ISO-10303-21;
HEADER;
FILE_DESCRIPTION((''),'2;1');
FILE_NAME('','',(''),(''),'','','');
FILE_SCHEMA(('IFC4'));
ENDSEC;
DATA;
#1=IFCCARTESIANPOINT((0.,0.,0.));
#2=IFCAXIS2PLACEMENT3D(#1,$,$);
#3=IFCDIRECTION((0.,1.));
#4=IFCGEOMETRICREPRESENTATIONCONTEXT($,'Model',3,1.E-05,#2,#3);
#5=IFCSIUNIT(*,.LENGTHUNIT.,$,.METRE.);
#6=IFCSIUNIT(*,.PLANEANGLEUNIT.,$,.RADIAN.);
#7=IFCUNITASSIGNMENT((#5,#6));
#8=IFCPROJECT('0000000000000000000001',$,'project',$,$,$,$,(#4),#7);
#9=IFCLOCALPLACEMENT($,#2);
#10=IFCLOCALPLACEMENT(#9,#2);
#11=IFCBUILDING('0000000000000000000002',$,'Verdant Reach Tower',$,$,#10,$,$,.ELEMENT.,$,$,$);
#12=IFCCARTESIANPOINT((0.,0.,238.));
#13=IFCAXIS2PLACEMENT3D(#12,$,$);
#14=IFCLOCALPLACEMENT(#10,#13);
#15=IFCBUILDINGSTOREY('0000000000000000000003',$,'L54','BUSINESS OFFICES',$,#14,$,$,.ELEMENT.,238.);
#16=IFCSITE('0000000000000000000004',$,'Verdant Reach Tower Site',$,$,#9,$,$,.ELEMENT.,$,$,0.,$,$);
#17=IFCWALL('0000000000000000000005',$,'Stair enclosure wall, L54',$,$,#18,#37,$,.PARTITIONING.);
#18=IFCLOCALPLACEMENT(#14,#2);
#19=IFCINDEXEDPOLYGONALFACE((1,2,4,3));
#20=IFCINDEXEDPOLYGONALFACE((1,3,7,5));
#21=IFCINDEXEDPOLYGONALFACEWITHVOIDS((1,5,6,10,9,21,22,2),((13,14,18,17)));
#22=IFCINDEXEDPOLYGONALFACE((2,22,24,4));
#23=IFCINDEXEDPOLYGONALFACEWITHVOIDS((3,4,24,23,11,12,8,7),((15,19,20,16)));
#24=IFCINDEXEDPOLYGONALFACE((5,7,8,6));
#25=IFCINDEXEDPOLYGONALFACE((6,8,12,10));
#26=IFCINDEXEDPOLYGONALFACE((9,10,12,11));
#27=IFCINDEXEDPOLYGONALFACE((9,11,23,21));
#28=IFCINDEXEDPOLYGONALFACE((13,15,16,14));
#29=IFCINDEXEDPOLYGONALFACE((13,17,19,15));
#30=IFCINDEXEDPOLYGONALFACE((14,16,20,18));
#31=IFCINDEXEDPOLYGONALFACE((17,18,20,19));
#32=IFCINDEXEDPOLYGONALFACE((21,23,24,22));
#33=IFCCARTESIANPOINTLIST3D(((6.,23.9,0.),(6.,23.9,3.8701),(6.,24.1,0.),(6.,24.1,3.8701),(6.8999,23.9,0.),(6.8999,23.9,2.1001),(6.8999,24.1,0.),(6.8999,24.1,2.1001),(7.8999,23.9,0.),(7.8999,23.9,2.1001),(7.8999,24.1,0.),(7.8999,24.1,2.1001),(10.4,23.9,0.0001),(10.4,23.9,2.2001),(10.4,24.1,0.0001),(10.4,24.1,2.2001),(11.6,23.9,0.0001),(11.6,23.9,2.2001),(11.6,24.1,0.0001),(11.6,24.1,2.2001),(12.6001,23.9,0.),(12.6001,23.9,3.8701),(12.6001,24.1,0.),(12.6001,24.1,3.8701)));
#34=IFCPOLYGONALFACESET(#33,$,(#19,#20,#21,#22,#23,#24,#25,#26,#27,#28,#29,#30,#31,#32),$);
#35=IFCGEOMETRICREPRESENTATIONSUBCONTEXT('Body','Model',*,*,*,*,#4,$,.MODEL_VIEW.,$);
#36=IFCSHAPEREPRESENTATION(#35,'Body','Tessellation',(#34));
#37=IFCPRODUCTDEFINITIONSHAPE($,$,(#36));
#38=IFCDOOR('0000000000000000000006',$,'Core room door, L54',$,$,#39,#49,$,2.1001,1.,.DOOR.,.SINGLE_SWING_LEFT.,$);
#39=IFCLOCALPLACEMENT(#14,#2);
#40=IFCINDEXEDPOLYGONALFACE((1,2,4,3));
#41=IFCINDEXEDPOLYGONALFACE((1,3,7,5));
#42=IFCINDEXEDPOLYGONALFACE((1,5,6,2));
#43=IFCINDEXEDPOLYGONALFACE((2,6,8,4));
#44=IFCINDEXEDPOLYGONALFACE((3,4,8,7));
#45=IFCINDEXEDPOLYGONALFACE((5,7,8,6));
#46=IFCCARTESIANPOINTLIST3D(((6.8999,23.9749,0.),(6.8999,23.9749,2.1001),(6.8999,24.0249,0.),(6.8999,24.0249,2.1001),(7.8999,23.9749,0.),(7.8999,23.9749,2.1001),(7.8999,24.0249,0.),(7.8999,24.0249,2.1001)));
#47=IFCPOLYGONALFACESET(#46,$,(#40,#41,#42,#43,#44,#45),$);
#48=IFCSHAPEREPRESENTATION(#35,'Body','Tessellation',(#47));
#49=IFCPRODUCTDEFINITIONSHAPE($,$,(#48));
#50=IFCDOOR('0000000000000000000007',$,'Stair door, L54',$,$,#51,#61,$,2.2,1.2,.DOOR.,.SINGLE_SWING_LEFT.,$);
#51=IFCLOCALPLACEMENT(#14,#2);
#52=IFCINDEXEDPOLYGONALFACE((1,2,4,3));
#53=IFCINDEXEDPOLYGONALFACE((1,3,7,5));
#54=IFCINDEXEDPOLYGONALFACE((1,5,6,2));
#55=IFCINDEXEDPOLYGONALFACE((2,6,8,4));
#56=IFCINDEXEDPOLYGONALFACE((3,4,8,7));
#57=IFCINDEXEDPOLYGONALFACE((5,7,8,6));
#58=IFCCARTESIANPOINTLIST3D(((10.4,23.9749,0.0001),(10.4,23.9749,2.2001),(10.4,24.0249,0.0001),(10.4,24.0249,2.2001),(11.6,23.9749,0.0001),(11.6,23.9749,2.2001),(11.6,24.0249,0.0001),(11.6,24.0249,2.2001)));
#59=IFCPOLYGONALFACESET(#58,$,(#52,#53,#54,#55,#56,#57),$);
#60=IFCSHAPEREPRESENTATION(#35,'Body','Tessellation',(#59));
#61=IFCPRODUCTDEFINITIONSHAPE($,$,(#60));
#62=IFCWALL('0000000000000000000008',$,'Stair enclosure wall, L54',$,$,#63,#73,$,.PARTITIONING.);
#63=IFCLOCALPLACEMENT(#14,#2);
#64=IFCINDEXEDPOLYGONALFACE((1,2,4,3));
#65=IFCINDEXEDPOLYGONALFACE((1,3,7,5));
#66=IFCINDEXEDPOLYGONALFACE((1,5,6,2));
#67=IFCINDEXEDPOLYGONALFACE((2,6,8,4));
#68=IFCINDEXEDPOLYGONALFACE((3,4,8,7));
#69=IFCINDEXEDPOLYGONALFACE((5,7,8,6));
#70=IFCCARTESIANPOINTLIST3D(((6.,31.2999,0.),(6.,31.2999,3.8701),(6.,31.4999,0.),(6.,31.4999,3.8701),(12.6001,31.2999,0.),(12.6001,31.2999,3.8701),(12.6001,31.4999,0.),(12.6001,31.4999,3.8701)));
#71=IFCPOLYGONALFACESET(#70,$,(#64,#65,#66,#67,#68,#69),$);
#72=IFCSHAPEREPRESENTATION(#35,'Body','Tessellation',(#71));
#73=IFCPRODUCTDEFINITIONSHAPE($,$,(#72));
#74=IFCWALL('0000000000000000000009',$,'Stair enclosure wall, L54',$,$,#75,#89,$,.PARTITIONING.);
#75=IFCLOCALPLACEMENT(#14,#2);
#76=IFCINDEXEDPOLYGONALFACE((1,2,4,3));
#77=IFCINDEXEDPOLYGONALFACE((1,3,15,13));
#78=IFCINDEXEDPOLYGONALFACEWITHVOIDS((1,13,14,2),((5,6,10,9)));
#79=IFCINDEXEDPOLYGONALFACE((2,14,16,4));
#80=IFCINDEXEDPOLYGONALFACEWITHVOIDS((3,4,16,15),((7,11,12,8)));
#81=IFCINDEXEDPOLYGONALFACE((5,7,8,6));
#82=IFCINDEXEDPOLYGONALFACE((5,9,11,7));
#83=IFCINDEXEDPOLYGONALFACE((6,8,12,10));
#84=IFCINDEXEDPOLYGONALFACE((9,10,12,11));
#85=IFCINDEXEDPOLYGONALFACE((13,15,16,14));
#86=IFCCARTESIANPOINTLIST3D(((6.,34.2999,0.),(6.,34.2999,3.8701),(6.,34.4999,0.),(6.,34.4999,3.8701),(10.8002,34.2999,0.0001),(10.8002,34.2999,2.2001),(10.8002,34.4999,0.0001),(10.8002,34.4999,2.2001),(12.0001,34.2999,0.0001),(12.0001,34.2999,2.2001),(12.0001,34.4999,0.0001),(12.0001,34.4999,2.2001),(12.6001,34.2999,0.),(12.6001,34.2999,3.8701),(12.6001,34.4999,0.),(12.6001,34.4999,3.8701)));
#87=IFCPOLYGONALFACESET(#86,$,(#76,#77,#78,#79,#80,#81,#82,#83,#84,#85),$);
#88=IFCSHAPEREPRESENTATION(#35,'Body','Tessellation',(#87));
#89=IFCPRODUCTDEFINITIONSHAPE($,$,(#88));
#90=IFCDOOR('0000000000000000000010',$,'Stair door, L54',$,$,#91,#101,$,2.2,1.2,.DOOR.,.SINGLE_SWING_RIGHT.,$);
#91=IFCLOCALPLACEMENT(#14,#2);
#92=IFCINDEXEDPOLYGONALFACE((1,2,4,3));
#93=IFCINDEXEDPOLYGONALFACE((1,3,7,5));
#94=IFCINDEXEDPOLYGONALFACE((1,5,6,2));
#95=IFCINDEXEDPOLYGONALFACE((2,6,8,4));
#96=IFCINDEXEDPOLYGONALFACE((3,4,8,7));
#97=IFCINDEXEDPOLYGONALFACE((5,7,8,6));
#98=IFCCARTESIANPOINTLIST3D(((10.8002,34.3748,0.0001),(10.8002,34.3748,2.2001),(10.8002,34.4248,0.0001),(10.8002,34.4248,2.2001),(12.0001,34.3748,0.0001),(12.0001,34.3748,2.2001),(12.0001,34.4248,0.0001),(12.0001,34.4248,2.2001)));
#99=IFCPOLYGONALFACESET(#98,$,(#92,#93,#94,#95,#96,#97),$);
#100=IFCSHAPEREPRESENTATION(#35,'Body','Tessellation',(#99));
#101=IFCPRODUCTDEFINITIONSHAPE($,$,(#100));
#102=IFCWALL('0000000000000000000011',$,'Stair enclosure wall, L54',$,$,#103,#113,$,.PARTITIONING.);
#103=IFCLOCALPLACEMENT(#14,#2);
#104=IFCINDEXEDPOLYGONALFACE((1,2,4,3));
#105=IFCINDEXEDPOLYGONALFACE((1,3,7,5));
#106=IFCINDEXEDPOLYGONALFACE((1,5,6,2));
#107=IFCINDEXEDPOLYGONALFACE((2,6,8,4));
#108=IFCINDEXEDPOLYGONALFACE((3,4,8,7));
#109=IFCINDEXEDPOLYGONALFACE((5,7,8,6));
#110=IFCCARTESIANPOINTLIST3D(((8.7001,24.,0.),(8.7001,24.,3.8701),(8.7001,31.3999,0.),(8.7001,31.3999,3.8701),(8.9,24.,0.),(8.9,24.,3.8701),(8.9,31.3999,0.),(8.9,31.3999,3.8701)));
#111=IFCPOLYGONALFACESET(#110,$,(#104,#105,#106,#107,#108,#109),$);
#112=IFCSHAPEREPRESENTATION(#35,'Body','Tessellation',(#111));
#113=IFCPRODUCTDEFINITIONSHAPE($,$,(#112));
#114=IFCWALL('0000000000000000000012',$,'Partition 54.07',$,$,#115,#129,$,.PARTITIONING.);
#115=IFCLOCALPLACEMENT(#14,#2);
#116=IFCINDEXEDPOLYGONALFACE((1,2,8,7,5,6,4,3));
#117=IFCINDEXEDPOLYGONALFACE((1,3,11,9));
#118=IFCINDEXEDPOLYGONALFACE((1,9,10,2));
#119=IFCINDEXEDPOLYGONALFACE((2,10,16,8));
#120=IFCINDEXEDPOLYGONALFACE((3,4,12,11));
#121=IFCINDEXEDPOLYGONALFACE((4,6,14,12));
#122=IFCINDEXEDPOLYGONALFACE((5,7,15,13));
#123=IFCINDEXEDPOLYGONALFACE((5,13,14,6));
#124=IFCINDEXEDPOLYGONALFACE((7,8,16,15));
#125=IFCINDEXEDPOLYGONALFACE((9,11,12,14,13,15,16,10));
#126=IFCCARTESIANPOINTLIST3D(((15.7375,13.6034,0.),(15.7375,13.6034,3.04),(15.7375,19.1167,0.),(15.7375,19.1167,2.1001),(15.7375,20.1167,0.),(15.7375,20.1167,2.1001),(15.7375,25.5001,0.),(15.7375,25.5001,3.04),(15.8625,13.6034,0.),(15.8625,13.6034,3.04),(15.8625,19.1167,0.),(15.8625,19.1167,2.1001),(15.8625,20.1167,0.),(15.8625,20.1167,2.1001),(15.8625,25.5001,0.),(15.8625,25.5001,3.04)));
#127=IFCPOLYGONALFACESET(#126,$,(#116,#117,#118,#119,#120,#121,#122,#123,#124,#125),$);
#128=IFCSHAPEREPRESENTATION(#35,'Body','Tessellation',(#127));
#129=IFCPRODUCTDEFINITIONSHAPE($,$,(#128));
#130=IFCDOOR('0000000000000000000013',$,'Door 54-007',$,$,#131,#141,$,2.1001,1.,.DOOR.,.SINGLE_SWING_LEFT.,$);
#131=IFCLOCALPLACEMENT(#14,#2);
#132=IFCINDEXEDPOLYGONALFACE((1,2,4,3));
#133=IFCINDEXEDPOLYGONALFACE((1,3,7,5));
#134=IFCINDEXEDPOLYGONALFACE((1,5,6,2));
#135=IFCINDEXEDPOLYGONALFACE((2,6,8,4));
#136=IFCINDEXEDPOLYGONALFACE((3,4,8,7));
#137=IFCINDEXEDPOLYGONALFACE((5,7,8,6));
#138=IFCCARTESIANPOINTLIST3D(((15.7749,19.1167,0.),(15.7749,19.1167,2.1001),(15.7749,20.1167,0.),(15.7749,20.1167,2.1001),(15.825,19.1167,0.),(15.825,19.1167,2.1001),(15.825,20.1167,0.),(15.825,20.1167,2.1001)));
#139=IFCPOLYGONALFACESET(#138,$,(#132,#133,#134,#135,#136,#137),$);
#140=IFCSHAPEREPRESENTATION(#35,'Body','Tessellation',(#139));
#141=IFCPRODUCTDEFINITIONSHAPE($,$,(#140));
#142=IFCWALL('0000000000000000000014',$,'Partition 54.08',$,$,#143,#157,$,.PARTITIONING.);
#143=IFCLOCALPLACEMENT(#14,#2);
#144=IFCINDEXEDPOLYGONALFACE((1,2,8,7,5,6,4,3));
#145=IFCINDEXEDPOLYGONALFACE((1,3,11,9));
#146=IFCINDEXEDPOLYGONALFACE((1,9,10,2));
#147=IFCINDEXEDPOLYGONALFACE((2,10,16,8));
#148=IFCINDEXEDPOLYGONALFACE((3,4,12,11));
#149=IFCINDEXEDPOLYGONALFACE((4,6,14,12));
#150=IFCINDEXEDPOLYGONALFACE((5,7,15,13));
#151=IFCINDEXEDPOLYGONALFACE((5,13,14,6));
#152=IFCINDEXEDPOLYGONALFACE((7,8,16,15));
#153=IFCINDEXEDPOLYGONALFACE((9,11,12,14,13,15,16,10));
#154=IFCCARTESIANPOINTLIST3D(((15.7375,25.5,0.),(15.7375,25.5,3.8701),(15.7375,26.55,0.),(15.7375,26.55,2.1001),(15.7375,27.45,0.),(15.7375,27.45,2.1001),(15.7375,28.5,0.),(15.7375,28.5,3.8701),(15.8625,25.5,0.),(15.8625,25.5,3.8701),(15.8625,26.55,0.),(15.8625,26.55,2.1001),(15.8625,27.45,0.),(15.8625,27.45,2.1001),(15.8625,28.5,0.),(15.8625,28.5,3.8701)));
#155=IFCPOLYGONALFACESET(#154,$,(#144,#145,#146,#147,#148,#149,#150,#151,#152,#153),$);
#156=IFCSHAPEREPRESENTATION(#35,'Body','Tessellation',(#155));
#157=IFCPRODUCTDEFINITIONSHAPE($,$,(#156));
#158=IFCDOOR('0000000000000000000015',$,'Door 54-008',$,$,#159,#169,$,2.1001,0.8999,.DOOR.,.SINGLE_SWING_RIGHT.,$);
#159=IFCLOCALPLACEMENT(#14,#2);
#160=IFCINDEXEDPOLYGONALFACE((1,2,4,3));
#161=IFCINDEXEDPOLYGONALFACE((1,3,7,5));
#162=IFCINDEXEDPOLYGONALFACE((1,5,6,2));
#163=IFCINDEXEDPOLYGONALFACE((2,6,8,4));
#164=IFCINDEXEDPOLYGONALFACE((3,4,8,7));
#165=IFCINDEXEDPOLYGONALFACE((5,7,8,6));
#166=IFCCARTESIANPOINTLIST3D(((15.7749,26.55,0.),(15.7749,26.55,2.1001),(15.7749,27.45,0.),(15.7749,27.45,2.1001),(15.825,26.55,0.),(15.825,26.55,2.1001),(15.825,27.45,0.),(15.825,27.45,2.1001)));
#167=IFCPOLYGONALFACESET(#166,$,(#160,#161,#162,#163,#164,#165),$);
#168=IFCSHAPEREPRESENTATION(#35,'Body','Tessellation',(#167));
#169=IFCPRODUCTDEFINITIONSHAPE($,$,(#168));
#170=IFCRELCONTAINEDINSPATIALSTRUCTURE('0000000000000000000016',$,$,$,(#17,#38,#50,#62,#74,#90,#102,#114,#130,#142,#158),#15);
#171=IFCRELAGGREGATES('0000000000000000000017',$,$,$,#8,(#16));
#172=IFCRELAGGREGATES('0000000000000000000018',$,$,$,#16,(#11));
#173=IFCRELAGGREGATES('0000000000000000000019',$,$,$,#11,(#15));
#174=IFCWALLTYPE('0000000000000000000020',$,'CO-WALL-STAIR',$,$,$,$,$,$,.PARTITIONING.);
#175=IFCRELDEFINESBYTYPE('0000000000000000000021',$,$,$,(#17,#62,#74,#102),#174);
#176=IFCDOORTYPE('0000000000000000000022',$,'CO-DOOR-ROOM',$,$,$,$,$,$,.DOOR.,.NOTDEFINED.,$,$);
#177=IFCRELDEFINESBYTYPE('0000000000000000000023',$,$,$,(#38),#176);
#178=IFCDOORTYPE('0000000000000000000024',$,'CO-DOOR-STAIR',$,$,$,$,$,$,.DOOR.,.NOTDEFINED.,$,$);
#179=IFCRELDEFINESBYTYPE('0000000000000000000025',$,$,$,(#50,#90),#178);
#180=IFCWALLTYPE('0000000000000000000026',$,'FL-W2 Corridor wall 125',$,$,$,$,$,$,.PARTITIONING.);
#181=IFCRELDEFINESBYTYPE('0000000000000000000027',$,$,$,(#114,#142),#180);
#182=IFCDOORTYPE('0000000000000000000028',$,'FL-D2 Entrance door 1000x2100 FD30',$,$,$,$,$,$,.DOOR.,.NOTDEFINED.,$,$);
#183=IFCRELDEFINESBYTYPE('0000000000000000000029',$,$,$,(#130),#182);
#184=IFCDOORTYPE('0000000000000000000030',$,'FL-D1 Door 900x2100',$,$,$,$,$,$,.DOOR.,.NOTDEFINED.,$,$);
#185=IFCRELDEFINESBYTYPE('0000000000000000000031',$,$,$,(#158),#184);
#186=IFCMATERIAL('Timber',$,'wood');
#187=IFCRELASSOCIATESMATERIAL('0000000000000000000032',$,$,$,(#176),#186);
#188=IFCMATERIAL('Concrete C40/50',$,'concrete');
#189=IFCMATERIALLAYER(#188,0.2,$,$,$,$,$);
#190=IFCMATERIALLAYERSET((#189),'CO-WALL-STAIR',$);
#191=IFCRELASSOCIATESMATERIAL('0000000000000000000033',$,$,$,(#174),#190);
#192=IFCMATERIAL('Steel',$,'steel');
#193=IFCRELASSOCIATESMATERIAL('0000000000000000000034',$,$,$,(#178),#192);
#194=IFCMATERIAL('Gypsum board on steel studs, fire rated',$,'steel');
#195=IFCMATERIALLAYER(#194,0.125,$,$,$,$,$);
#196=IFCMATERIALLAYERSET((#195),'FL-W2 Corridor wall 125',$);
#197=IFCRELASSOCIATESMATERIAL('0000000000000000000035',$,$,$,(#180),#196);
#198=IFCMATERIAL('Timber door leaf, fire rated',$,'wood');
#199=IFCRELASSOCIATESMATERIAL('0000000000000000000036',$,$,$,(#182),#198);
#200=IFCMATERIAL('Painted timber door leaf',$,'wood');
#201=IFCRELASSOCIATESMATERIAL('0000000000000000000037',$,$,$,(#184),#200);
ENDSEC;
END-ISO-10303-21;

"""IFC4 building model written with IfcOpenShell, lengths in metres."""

from ifc_helpers import new_model, si_unit, direction, frame, frame_2d, origin, place, context, subcontext, project, spatial, rectangle, extrude, material, layer, layer_set, type_object, element, fill, save


model = new_model("IFC4")

# Units and contexts
model_context = context("Model", 3, precision=1e-05, world=origin(), true_north=direction((0.0, 1.0)))
body_context = subcontext(model_context, "Body", "Model", "MODEL_VIEW")
ifc_project = project(units=[si_unit("LENGTHUNIT", "METRE"), si_unit("PLANEANGLEUNIT", "RADIAN")], contexts=[model_context])

# Site, building, storey
site_placement = place(None, origin())
site = spatial("IfcSite", under=ifc_project, at=site_placement, Name="Verdant Reach Tower Site", CompositionType="ELEMENT", RefElevation=0.0)
building_placement = place(site_placement, origin())
building = spatial("IfcBuilding", under=site, at=building_placement, Name="Verdant Reach Tower", CompositionType="ELEMENT")
storey_placement = place(building_placement, frame((0.0, 0.0, 238.0)))
storey = spatial("IfcBuildingStorey", under=building, at=storey_placement, Name="L54", Description="BUSINESS OFFICES", CompositionType="ELEMENT", Elevation=238.0)

# Shared definitions
ifc_material_1 = material(Name="Timber", Category="wood")
door_type_1 = type_object("IfcDoorType", Name="CO-DOOR-ROOM", OperationType="NOTDEFINED", PredefinedType="DOOR", material=ifc_material_1)

# Shared definitions
ifc_material_2 = material(Name="Concrete C40/50", Category="concrete")

# Wall, openings, doors
ifc_layer_1 = layer(ifc_material_2, 0.2)
ifc_layer_set_1 = layer_set([ifc_layer_1], Name="CO-WALL-STAIR")
wall_type_1 = type_object("IfcWallType", Name="CO-WALL-STAIR", PredefinedType="PARTITIONING", material=ifc_layer_set_1)
wall_1_placement = place(storey_placement, frame((6.0, 24.0, 0.0), z_axis=(0.0, 0.0, 1.0), x_axis=(1.0, 0.0, 0.0)))
wall_1 = element("IfcWall", 1, at=wall_1_placement, inside=storey, type_object=wall_type_1, Name="Stair enclosure wall, L54", PredefinedType="PARTITIONING", context=body_context, shape_type="SweptSolid", body=[
    extrude(rectangle(XDim=6.6001, YDim=0.2, at=frame_2d((3.3, 0.0))), origin(), (0.0, 0.0, 1.0), 3.8701),
])
opening_1_placement = place(wall_1_placement, frame((0.8999, 0.0, 0.0)))
opening_1 = element("IfcOpeningElement", 2, at=opening_1_placement, cuts=wall_1, PredefinedType="OPENING", context=body_context, shape_type="SweptSolid", body=[
    extrude(rectangle(XDim=1.0, YDim=2.1001, at=frame_2d((0.5, 1.05))), frame((0.0, 0.1099, 0.0), z_axis=(0.0, -1.0, 0.0), x_axis=(1.0, 0.0, 0.0)), (0.0, 0.0, 1.0), 0.22),
])
opening_2_placement = place(wall_1_placement, frame((4.3999, 0.0, 0.0)))
opening_2 = element("IfcOpeningElement", 3, at=opening_2_placement, cuts=wall_1, PredefinedType="OPENING", context=body_context, shape_type="SweptSolid", body=[
    extrude(rectangle(XDim=1.2, YDim=2.2, at=frame_2d((0.6001, 1.1001))), frame((0.0, 0.1099, 0.0), z_axis=(0.0, -1.0, 0.0), x_axis=(1.0, 0.0, 0.0)), (0.0, 0.0, 1.0), 0.22),
])
door_1_placement = place(opening_1_placement, origin())
door_1 = element("IfcDoor", 4, at=door_1_placement, inside=storey, type_object=door_type_1, Name="Core room door, L54", OperationType="SINGLE_SWING_LEFT", OverallHeight=2.1001, OverallWidth=1.0, PredefinedType="DOOR", context=body_context, shape_type="SweptSolid", body=[
    extrude(rectangle(XDim=1.0, YDim=2.1001, at=frame_2d((0.5, 1.05))), frame((0.0, 0.0249, 0.0), z_axis=(0.0, -1.0, 0.0), x_axis=(1.0, 0.0, 0.0)), (0.0, 0.0, 1.0), 0.05),
])
fill(opening_1, door_1)
ifc_material_3 = material(Name="Steel", Category="steel")
door_type_2 = type_object("IfcDoorType", Name="CO-DOOR-STAIR", OperationType="NOTDEFINED", PredefinedType="DOOR", material=ifc_material_3)
door_2_placement = place(opening_2_placement, origin())
door_2 = element("IfcDoor", 5, at=door_2_placement, inside=storey, type_object=door_type_2, Name="Stair door, L54", OperationType="SINGLE_SWING_LEFT", OverallHeight=2.2, OverallWidth=1.2, PredefinedType="DOOR", context=body_context, shape_type="SweptSolid", body=[
    extrude(rectangle(XDim=1.2, YDim=2.2, at=frame_2d((0.6001, 1.1001))), frame((0.0, 0.0249, 0.0), z_axis=(0.0, -1.0, 0.0), x_axis=(1.0, 0.0, 0.0)), (0.0, 0.0, 1.0), 0.05),
])
fill(opening_2, door_2)

# Wall
wall_2_placement = place(storey_placement, frame((6.0, 31.3999, 0.0), z_axis=(0.0, 0.0, 1.0), x_axis=(1.0, 0.0, 0.0)))
element("IfcWall", 6, at=wall_2_placement, inside=storey, type_object=wall_type_1, Name="Stair enclosure wall, L54", PredefinedType="PARTITIONING", context=body_context, shape_type="SweptSolid", body=[
    extrude(rectangle(XDim=6.6001, YDim=0.2, at=frame_2d((3.3, 0.0))), origin(), (0.0, 0.0, 1.0), 3.8701),
])

# Wall, opening, door
wall_3_placement = place(storey_placement, frame((6.0, 34.3999, 0.0), z_axis=(0.0, 0.0, 1.0), x_axis=(1.0, 0.0, 0.0)))
wall_3 = element("IfcWall", 7, at=wall_3_placement, inside=storey, type_object=wall_type_1, Name="Stair enclosure wall, L54", PredefinedType="PARTITIONING", context=body_context, shape_type="SweptSolid", body=[
    extrude(rectangle(XDim=6.6001, YDim=0.2, at=frame_2d((3.3, 0.0))), origin(), (0.0, 0.0, 1.0), 3.8701),
])
opening_3_placement = place(wall_3_placement, frame((4.8, 0.0, 0.0)))
opening_3 = element("IfcOpeningElement", 8, at=opening_3_placement, cuts=wall_3, PredefinedType="OPENING", context=body_context, shape_type="SweptSolid", body=[
    extrude(rectangle(XDim=1.2, YDim=2.2, at=frame_2d((0.6001, 1.1001))), frame((0.0, 0.1099, 0.0), z_axis=(0.0, -1.0, 0.0), x_axis=(1.0, 0.0, 0.0)), (0.0, 0.0, 1.0), 0.22),
])
door_3_placement = place(opening_3_placement, origin())
door_3 = element("IfcDoor", 9, at=door_3_placement, inside=storey, type_object=door_type_2, Name="Stair door, L54", OperationType="SINGLE_SWING_RIGHT", OverallHeight=2.2, OverallWidth=1.2, PredefinedType="DOOR", context=body_context, shape_type="SweptSolid", body=[
    extrude(rectangle(XDim=1.2, YDim=2.2, at=frame_2d((0.6001, 1.1001))), frame((0.0, 0.0249, 0.0), z_axis=(0.0, -1.0, 0.0), x_axis=(1.0, 0.0, 0.0)), (0.0, 0.0, 1.0), 0.05),
])
fill(opening_3, door_3)

# Wall
wall_4_placement = place(storey_placement, frame((8.8, 24.0, 0.0), z_axis=(0.0, 0.0, 1.0), x_axis=(0.0, 1.0, 0.0)))
element("IfcWall", 10, at=wall_4_placement, inside=storey, type_object=wall_type_1, Name="Stair enclosure wall, L54", PredefinedType="PARTITIONING", context=body_context, shape_type="SweptSolid", body=[
    extrude(rectangle(XDim=7.3999, YDim=0.2, at=frame_2d((3.7, 0.0))), origin(), (0.0, 0.0, 1.0), 3.8701),
])

# Walls, openings, doors
ifc_material_4 = material(Name="Gypsum board on steel studs, fire rated", Category="steel")
ifc_layer_2 = layer(ifc_material_4, 0.125)
ifc_layer_set_2 = layer_set([ifc_layer_2], Name="FL-W2 Corridor wall 125")
wall_type_2 = type_object("IfcWallType", Name="FL-W2 Corridor wall 125", PredefinedType="PARTITIONING", material=ifc_layer_set_2)
wall_5_placement = place(storey_placement, frame((15.8, 25.5, 0.0), z_axis=(0.0, 0.0, 1.0), x_axis=(0.0, -1.0, 0.0)))
wall_5 = element("IfcWall", 11, at=wall_5_placement, inside=storey, type_object=wall_type_2, Name="Partition 54.07", PredefinedType="PARTITIONING", context=body_context, shape_type="SweptSolid", body=[
    extrude(rectangle(XDim=11.8967, YDim=0.125, at=frame_2d((5.9482, 0.0))), origin(), (0.0, 0.0, 1.0), 3.04),
])
opening_4_placement = place(wall_5_placement, frame((5.3833, 0.0, 0.0)))
opening_4 = element("IfcOpeningElement", 12, at=opening_4_placement, cuts=wall_5, PredefinedType="OPENING", context=body_context, shape_type="SweptSolid", body=[
    extrude(rectangle(XDim=1.0, YDim=2.1001, at=frame_2d((0.5, 1.05))), frame((0.0, 0.0725, 0.0), z_axis=(0.0, -1.0, 0.0), x_axis=(1.0, 0.0, 0.0)), (0.0, 0.0, 1.0), 0.145),
])
ifc_material_5 = material(Name="Timber door leaf, fire rated", Category="wood")
door_type_3 = type_object("IfcDoorType", Name="FL-D2 Entrance door 1000x2100 FD30", OperationType="NOTDEFINED", PredefinedType="DOOR", material=ifc_material_5)
door_4_placement = place(opening_4_placement, origin())
door_4 = element("IfcDoor", 13, at=door_4_placement, inside=storey, type_object=door_type_3, Name="Door 54-007", OperationType="SINGLE_SWING_LEFT", OverallHeight=2.1001, OverallWidth=1.0, PredefinedType="DOOR", context=body_context, shape_type="SweptSolid", body=[
    extrude(rectangle(XDim=1.0, YDim=2.1001, at=frame_2d((0.5, 1.05))), frame((0.0, 0.0249, 0.0), z_axis=(0.0, -1.0, 0.0), x_axis=(1.0, 0.0, 0.0)), (0.0, 0.0, 1.0), 0.05),
])
fill(opening_4, door_4)
wall_6_placement = place(storey_placement, frame((15.8, 28.5, 0.0), z_axis=(0.0, 0.0, 1.0), x_axis=(0.0, -1.0, 0.0)))
wall_6 = element("IfcWall", 14, at=wall_6_placement, inside=storey, type_object=wall_type_2, Name="Partition 54.08", PredefinedType="PARTITIONING", context=body_context, shape_type="SweptSolid", body=[
    extrude(rectangle(XDim=3.0, YDim=0.125, at=frame_2d((1.5, 0.0))), origin(), (0.0, 0.0, 1.0), 3.8701),
])
opening_5_placement = place(wall_6_placement, frame((1.05, 0.0, 0.0)))
opening_5 = element("IfcOpeningElement", 15, at=opening_5_placement, cuts=wall_6, PredefinedType="OPENING", context=body_context, shape_type="SweptSolid", body=[
    extrude(rectangle(XDim=0.8999, YDim=2.1001, at=frame_2d((0.45, 1.05))), frame((0.0, 0.0725, 0.0), z_axis=(0.0, -1.0, 0.0), x_axis=(1.0, 0.0, 0.0)), (0.0, 0.0, 1.0), 0.145),
])
ifc_material_6 = material(Name="Painted timber door leaf", Category="wood")
door_type_4 = type_object("IfcDoorType", Name="FL-D1 Door 900x2100", OperationType="NOTDEFINED", PredefinedType="DOOR", material=ifc_material_6)
door_5_placement = place(opening_5_placement, origin())
door_5 = element("IfcDoor", 16, at=door_5_placement, inside=storey, type_object=door_type_4, Name="Door 54-008", OperationType="SINGLE_SWING_RIGHT", OverallHeight=2.1001, OverallWidth=0.8999, PredefinedType="DOOR", context=body_context, shape_type="SweptSolid", body=[
    extrude(rectangle(XDim=0.8999, YDim=2.1001, at=frame_2d((0.45, 1.05))), frame((0.0, 0.0249, 0.0), z_axis=(0.0, -1.0, 0.0), x_axis=(1.0, 0.0, 0.0)), (0.0, 0.0, 1.0), 0.05),
])
fill(opening_5, door_5)

save(model, "model.ifc")
